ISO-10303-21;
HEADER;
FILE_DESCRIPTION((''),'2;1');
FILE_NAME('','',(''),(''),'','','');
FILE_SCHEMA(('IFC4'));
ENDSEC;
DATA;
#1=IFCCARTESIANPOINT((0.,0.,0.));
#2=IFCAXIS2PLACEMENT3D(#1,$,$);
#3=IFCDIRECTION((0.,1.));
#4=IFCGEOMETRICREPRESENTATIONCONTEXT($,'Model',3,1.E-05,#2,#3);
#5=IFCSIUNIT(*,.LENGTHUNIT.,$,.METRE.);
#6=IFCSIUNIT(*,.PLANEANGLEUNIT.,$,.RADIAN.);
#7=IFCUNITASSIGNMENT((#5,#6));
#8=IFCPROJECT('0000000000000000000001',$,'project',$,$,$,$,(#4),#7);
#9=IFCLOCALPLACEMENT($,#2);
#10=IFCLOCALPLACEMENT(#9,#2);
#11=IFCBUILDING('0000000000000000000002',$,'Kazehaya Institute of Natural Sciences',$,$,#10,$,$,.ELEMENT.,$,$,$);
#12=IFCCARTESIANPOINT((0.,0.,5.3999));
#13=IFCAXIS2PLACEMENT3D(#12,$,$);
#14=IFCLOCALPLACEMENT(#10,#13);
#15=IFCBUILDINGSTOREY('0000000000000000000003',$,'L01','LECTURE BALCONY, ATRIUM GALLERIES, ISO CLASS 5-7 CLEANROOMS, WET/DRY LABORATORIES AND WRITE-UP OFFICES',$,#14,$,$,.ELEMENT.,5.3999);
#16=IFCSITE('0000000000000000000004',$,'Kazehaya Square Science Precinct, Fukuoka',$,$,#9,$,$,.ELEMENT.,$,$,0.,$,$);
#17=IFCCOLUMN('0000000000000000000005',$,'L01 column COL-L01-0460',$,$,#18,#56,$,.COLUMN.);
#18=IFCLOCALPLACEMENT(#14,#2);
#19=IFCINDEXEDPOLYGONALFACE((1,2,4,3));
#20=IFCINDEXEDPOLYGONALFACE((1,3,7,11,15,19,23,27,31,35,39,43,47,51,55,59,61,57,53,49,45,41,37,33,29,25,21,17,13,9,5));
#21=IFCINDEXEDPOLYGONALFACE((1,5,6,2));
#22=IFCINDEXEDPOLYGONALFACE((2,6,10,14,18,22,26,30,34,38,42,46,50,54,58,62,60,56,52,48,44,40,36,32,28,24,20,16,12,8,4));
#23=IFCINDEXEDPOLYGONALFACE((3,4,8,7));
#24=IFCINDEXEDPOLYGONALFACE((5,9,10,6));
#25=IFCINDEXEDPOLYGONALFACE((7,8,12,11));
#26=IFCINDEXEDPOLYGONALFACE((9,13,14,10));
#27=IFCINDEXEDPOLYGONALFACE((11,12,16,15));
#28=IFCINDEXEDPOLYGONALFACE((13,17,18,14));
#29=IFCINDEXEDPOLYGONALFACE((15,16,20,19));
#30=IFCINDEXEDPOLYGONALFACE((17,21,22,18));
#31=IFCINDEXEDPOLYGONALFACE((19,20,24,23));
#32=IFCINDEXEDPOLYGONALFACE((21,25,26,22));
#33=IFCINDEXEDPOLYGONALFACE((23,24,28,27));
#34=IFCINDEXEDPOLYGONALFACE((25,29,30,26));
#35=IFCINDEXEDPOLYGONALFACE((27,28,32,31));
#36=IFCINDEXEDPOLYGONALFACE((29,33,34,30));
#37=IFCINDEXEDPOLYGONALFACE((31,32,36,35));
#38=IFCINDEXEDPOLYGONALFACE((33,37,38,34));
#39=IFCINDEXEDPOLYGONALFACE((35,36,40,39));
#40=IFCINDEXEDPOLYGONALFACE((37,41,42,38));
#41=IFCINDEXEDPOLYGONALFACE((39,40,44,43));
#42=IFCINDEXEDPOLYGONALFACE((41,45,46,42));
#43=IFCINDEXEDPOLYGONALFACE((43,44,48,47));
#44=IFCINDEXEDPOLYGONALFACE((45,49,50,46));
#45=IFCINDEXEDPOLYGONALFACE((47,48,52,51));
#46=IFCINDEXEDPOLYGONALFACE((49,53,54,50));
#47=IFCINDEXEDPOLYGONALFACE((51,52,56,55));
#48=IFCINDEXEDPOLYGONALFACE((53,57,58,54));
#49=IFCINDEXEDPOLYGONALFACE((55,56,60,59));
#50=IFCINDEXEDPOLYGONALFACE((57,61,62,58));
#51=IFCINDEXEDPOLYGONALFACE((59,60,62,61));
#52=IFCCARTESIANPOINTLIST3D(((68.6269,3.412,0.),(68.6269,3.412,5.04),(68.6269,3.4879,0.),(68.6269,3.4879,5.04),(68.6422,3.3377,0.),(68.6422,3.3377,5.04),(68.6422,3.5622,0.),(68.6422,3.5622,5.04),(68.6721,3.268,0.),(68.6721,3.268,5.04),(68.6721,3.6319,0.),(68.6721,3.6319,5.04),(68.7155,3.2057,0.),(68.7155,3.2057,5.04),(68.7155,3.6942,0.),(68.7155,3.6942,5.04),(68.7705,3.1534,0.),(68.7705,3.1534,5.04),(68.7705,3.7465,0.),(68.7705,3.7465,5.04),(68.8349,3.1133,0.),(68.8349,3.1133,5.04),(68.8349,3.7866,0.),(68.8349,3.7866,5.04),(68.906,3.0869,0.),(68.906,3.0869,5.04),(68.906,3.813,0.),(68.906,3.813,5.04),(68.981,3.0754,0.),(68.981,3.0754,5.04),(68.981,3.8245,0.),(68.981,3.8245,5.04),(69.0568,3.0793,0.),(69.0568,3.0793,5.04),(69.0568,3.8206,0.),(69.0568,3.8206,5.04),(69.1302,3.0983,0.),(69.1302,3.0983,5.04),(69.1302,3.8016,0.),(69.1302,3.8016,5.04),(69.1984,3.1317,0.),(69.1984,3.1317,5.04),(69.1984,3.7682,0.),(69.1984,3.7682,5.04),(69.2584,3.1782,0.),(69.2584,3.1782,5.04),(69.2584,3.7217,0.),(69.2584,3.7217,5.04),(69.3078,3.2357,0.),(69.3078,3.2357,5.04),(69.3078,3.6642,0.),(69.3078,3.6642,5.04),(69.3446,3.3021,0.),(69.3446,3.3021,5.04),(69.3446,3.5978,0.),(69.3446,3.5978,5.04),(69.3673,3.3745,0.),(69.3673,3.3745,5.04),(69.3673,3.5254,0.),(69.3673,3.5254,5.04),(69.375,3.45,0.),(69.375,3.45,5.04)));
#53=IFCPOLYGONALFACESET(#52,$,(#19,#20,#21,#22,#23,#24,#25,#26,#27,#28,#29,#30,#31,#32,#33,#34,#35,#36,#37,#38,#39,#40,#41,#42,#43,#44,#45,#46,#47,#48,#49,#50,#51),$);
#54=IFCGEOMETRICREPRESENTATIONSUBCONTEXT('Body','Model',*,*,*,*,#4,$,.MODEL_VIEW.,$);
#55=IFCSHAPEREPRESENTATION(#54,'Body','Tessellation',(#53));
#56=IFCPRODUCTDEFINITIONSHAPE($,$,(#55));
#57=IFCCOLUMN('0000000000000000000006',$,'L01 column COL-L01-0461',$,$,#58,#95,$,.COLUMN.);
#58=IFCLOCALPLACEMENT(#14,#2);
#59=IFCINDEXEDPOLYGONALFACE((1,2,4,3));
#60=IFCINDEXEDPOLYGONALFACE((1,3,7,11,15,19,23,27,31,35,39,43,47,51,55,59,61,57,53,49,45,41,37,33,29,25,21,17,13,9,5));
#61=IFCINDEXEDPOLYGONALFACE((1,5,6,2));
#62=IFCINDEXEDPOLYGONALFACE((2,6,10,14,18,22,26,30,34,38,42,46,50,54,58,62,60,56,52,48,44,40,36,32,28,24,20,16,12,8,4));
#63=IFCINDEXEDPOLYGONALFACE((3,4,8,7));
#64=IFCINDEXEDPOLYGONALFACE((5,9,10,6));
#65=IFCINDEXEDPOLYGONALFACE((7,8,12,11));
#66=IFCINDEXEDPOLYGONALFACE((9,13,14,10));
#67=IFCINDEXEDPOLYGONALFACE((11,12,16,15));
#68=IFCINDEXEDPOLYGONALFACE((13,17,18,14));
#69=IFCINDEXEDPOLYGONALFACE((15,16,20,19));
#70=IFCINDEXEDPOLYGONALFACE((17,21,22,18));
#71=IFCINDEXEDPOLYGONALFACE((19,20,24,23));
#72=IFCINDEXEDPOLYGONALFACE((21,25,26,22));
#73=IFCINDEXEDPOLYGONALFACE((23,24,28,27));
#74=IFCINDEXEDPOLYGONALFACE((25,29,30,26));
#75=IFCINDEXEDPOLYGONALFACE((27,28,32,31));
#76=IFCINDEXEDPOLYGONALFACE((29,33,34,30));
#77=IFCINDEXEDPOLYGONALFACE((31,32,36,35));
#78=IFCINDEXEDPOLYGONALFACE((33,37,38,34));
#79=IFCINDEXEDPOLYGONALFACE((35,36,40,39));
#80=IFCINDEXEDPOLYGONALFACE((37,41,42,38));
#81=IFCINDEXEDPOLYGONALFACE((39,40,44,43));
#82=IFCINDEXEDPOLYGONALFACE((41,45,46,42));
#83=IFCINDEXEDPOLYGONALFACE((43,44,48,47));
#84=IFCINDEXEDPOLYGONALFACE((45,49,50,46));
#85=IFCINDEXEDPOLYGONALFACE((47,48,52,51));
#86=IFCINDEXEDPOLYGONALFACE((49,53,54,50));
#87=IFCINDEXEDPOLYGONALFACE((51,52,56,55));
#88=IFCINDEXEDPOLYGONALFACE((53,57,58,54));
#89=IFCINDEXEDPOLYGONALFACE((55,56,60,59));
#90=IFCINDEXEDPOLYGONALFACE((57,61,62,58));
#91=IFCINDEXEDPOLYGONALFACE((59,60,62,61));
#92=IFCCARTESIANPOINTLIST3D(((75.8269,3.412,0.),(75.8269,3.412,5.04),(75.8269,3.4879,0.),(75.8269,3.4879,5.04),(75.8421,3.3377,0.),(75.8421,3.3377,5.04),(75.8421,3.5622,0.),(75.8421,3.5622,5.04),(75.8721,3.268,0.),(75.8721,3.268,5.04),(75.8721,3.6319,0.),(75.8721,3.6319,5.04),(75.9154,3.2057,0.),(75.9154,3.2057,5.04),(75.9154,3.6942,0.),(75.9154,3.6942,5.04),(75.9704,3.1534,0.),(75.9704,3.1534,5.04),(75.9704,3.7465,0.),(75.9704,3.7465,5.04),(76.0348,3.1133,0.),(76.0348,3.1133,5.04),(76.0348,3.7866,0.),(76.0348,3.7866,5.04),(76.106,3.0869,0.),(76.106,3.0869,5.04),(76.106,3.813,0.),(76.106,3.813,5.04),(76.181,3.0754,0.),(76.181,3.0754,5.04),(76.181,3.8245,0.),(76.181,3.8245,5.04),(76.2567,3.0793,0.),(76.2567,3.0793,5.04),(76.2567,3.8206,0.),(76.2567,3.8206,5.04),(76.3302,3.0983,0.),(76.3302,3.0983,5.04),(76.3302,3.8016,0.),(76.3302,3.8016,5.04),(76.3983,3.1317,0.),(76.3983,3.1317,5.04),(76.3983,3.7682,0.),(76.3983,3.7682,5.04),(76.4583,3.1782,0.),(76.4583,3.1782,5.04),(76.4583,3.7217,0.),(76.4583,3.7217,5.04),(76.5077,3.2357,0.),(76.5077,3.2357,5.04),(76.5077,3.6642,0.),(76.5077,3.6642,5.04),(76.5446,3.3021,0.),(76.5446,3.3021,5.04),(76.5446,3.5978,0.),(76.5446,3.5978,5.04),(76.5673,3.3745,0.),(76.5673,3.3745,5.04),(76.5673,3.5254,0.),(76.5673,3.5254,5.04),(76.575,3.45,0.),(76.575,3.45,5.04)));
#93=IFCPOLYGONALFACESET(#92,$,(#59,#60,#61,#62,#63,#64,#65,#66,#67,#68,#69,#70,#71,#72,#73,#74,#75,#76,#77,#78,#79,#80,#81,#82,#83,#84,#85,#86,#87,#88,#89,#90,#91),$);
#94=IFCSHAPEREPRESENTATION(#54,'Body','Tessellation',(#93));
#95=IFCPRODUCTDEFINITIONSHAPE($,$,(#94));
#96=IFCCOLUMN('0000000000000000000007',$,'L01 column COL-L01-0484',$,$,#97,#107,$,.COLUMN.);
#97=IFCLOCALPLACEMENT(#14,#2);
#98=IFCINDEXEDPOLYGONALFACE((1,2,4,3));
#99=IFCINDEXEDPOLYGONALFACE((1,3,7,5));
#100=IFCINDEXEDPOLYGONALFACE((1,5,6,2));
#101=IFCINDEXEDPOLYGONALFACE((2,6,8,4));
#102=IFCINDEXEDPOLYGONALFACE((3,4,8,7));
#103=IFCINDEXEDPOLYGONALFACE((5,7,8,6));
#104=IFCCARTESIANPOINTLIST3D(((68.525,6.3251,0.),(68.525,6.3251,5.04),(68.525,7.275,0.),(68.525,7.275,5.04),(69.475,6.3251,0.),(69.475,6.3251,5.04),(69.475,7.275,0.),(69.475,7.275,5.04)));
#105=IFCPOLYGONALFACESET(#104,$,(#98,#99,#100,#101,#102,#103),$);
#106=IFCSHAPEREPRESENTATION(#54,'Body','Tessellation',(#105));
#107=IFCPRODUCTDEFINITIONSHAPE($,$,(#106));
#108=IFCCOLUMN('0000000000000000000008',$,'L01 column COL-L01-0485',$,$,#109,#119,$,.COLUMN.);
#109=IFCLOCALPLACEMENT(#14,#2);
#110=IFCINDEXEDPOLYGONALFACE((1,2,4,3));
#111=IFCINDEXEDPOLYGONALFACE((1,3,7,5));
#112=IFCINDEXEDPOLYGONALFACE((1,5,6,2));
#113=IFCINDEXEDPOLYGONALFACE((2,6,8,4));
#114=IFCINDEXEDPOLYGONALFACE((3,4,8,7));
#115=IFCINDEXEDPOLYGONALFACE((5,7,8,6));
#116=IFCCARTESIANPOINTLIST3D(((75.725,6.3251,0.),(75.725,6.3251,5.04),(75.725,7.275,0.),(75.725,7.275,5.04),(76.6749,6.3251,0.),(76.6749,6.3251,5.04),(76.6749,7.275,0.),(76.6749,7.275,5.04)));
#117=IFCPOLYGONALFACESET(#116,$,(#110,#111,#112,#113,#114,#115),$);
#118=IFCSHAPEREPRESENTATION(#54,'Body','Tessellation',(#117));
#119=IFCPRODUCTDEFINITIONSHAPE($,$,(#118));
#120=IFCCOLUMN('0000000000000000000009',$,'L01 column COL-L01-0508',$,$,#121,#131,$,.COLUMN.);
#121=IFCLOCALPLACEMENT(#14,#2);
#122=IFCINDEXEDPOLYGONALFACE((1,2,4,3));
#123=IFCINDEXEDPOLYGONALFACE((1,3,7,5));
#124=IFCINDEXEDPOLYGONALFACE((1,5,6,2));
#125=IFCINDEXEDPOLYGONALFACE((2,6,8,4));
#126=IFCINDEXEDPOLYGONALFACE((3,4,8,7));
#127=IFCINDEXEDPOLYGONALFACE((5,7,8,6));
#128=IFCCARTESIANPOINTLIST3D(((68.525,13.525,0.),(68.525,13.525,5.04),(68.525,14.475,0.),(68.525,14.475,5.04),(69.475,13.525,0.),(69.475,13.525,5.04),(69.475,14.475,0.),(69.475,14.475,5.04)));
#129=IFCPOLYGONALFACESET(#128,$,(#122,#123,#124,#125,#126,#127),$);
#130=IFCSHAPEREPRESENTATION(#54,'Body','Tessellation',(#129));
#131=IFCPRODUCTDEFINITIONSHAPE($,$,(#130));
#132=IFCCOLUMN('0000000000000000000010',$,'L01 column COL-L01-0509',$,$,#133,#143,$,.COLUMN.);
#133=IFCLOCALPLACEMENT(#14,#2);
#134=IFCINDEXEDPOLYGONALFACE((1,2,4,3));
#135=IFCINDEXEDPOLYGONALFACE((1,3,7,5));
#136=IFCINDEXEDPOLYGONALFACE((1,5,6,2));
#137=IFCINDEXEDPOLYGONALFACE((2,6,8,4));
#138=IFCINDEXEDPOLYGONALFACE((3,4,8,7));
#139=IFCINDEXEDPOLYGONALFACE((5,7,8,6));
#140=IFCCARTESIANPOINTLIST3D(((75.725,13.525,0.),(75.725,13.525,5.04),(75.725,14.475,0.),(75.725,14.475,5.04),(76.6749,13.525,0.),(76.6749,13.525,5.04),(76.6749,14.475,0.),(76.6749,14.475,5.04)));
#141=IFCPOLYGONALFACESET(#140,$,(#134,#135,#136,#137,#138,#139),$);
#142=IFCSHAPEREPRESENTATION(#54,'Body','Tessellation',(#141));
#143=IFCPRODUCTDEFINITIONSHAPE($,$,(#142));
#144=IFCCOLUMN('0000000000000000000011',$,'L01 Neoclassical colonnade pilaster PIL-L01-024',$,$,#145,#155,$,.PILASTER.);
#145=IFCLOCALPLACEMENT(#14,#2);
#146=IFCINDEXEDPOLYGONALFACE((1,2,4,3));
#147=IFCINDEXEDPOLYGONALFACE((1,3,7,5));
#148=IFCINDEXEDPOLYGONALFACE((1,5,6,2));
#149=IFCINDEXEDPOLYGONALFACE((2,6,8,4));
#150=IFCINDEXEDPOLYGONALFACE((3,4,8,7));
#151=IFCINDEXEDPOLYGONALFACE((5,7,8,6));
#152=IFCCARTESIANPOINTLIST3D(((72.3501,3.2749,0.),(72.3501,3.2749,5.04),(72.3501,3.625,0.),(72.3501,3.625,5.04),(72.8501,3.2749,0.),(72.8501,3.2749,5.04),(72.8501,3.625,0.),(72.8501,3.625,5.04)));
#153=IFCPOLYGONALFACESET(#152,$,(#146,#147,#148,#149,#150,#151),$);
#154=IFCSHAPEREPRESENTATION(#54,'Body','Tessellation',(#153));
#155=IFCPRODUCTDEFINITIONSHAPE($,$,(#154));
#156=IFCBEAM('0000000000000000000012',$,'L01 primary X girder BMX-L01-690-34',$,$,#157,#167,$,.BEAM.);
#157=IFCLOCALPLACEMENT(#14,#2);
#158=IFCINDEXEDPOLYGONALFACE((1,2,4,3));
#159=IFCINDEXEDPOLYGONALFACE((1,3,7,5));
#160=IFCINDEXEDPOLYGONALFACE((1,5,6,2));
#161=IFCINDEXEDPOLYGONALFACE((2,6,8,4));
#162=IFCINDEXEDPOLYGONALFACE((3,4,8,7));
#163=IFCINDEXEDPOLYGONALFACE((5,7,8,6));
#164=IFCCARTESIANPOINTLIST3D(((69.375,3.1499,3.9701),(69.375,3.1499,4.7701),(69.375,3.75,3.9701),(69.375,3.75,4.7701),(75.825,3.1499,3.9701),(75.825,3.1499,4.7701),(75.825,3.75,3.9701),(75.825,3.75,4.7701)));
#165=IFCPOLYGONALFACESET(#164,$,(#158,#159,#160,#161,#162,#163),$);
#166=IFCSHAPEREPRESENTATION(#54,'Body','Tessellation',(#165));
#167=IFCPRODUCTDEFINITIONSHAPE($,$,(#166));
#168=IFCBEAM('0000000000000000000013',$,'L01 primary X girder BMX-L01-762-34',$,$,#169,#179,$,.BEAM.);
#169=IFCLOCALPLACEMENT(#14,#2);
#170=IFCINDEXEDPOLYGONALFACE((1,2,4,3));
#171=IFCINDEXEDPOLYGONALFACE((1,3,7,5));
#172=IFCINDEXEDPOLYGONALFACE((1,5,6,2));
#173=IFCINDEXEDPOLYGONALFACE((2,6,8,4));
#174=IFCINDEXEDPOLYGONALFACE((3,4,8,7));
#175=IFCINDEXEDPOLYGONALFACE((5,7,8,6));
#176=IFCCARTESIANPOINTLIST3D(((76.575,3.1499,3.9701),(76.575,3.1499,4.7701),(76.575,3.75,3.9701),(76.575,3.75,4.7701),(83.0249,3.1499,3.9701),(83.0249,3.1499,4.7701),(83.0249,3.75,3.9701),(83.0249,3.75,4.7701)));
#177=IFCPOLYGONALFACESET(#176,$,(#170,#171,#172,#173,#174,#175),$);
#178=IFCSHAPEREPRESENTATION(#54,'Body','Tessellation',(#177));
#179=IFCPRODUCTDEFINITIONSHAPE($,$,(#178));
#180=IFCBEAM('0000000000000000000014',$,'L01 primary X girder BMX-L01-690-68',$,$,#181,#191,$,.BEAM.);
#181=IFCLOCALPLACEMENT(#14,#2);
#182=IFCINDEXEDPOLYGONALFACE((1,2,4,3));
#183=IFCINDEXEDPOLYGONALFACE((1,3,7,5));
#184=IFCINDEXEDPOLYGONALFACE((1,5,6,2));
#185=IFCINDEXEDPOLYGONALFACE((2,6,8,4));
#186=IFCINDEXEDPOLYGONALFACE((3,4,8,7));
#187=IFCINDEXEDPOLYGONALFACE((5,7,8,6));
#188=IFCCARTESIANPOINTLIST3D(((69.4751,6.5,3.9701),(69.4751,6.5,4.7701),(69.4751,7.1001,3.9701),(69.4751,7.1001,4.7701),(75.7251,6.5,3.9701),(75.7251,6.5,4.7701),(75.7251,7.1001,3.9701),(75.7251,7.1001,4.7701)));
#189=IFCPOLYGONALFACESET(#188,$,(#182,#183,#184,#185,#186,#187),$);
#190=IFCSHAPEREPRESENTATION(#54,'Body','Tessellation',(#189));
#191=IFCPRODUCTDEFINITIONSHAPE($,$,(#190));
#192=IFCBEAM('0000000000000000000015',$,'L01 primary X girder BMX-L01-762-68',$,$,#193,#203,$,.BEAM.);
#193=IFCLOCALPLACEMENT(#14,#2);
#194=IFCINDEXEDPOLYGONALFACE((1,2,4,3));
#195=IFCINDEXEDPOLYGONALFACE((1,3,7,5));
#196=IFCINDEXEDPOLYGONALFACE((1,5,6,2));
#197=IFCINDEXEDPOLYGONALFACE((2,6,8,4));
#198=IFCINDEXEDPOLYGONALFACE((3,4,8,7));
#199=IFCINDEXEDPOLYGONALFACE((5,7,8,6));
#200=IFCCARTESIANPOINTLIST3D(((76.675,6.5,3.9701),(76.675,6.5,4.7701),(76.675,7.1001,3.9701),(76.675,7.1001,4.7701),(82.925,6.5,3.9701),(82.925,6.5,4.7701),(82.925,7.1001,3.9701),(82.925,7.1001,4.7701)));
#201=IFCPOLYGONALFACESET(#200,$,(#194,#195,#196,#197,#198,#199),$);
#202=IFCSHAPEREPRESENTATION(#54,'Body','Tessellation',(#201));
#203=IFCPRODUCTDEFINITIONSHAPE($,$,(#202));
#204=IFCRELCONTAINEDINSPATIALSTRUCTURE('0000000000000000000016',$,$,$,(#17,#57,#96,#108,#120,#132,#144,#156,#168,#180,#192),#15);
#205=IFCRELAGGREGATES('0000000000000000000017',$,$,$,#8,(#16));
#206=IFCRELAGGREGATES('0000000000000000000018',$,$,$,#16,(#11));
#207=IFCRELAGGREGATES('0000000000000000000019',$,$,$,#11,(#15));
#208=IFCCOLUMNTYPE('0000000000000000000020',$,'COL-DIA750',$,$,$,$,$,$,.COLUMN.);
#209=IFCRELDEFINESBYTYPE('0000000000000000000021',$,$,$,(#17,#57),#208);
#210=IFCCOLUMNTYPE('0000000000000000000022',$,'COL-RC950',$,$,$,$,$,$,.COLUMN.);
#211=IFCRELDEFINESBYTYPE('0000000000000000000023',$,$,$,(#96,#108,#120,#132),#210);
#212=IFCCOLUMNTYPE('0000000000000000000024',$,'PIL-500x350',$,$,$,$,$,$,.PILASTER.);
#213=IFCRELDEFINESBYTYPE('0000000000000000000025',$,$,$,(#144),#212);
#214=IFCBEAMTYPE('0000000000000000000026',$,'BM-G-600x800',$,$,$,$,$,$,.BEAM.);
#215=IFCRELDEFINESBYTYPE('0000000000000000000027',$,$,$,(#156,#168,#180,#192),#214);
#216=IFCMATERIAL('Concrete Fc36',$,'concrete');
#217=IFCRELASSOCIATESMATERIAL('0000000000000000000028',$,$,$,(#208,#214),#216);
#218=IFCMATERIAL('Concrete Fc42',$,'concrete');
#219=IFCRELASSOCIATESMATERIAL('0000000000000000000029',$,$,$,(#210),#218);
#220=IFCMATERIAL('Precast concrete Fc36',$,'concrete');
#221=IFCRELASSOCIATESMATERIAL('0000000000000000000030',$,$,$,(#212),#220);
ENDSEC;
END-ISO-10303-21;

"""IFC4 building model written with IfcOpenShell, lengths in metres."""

from ifc_helpers import new_model, si_unit, direction, frame, origin, origin_2d, place, context, subcontext, project, spatial, rectangle, circle, extrude, material, material_profile, profile_set, type_object, element, save


model = new_model("IFC4")

# Units and contexts
model_context = context("Model", 3, precision=1e-05, world=origin(), true_north=direction((0.0, 1.0)))
body_context = subcontext(model_context, "Body", "Model", "MODEL_VIEW")
ifc_project = project(units=[si_unit("LENGTHUNIT", "METRE"), si_unit("PLANEANGLEUNIT", "RADIAN")], contexts=[model_context])

# Site, building, storey
site_placement = place(None, origin())
site = spatial("IfcSite", under=ifc_project, at=site_placement, Name="Kazehaya Square Science Precinct, Fukuoka", CompositionType="ELEMENT", RefElevation=0.0)
building_placement = place(site_placement, origin())
building = spatial("IfcBuilding", under=site, at=building_placement, Name="Kazehaya Institute of Natural Sciences", CompositionType="ELEMENT")
storey_placement = place(building_placement, frame((0.0, 0.0, 5.3999)))
storey = spatial("IfcBuildingStorey", under=building, at=storey_placement, Name="L01", Description="LECTURE BALCONY, ATRIUM GALLERIES, ISO CLASS 5-7 CLEANROOMS, WET/DRY LABORATORIES AND WRITE-UP OFFICES", CompositionType="ELEMENT", Elevation=5.3999)

# Columns
ifc_material_1 = material(Name="Concrete Fc36", Category="concrete")
ifc_material_profile_1 = material_profile(ifc_material_1, circle(Radius=0.375, at=origin_2d()), Name="RC-DIA750")
ifc_profile_set_1 = profile_set([ifc_material_profile_1], Name="Concrete Fc36")
column_type_1 = type_object("IfcColumnType", Name="COL-DIA750", PredefinedType="COLUMN", material=ifc_profile_set_1)
for number, where, z_axis, x_axis, name in (
    (1, (69.0, 3.45, 0.0), (0.0, 0.0, 1.0), (1.0, 0.0, 0.0), "L01 column COL-L01-0460"),
    (2, (76.2, 3.45, 0.0), (0.0, 0.0, 1.0), (1.0, 0.0, 0.0), "L01 column COL-L01-0461"),
):
    element("IfcColumn", number, at=place(storey_placement, frame(where, z_axis=z_axis, x_axis=x_axis)), inside=storey, type_object=column_type_1, Name=name, PredefinedType="COLUMN", context=body_context, shape_type="SweptSolid", body=[
        extrude(circle(Radius=0.375, at=origin_2d()), origin(), (0.0, 0.0, 1.0), 5.04),
    ])
ifc_material_2 = material(Name="Concrete Fc42", Category="concrete")
ifc_material_profile_2 = material_profile(ifc_material_2, rectangle(XDim=0.95, YDim=0.95, at=origin_2d()), Name="RC-950x950")
ifc_profile_set_2 = profile_set([ifc_material_profile_2], Name="Concrete Fc42")
column_type_2 = type_object("IfcColumnType", Name="COL-RC950", PredefinedType="COLUMN", material=ifc_profile_set_2)
for number, where, z_axis, x_axis, name in (
    (3, (69.0, 6.8, 0.0), (0.0, 0.0, 1.0), (1.0, 0.0, 0.0), "L01 column COL-L01-0484"),
    (4, (76.2, 6.8, 0.0), (0.0, 0.0, 1.0), (1.0, 0.0, 0.0), "L01 column COL-L01-0485"),
    (5, (69.0, 14.0, 0.0), (0.0, 0.0, 1.0), (1.0, 0.0, 0.0), "L01 column COL-L01-0508"),
    (6, (76.2, 14.0, 0.0), (0.0, 0.0, 1.0), (1.0, 0.0, 0.0), "L01 column COL-L01-0509"),
):
    element("IfcColumn", number, at=place(storey_placement, frame(where, z_axis=z_axis, x_axis=x_axis)), inside=storey, type_object=column_type_2, Name=name, PredefinedType="COLUMN", context=body_context, shape_type="SweptSolid", body=[
        extrude(rectangle(XDim=0.95, YDim=0.95, at=origin_2d()), origin(), (0.0, 0.0, 1.0), 5.04),
    ])
ifc_material_3 = material(Name="Precast concrete Fc36", Category="concrete")
ifc_material_profile_3 = material_profile(ifc_material_3, rectangle(XDim=0.5, YDim=0.3501, at=origin_2d()), Name="RC-PIL-500x350")
ifc_profile_set_3 = profile_set([ifc_material_profile_3], Name="Precast concrete Fc36")
column_type_3 = type_object("IfcColumnType", Name="PIL-500x350", PredefinedType="PILASTER", material=ifc_profile_set_3)
column_placement = place(storey_placement, frame((72.6001, 3.45, 0.0), z_axis=(0.0, 0.0, 1.0), x_axis=(1.0, 0.0, 0.0)))
element("IfcColumn", 7, at=column_placement, inside=storey, type_object=column_type_3, Name="L01 Neoclassical colonnade pilaster PIL-L01-024", PredefinedType="PILASTER", context=body_context, shape_type="SweptSolid", body=[
    extrude(rectangle(XDim=0.5, YDim=0.3501, at=origin_2d()), origin(), (0.0, 0.0, 1.0), 5.04),
])

# Beams
ifc_material_profile_4 = material_profile(ifc_material_1, rectangle(XDim=0.6001, YDim=0.8, at=origin_2d()), Name="RC-600x800")
ifc_profile_set_4 = profile_set([ifc_material_profile_4], Name="Concrete Fc36")
beam_type = type_object("IfcBeamType", Name="BM-G-600x800", PredefinedType="BEAM", material=ifc_profile_set_4)
for number, where, z_axis, x_axis, name in (
    (8, (69.375, 3.45, 4.3701), (1.0, 0.0, 0.0), (0.0, 1.0, 0.0), "L01 primary X girder BMX-L01-690-34"),
    (9, (76.575, 3.45, 4.3701), (1.0, 0.0, 0.0), (0.0, 1.0, 0.0), "L01 primary X girder BMX-L01-762-34"),
):
    element("IfcBeam", number, at=place(storey_placement, frame(where, z_axis=z_axis, x_axis=x_axis)), inside=storey, type_object=beam_type, Name=name, PredefinedType="BEAM", context=body_context, shape_type="SweptSolid", body=[
        extrude(rectangle(XDim=0.6001, YDim=0.8, at=origin_2d()), origin(), (0.0, 0.0, 1.0), 6.45),
    ])
for number, where, z_axis, x_axis, name in (
    (10, (69.4751, 6.8, 4.3701), (1.0, 0.0, 0.0), (0.0, 1.0, 0.0), "L01 primary X girder BMX-L01-690-68"),
    (11, (76.675, 6.8, 4.3701), (1.0, 0.0, 0.0), (0.0, 1.0, 0.0), "L01 primary X girder BMX-L01-762-68"),
):
    element("IfcBeam", number, at=place(storey_placement, frame(where, z_axis=z_axis, x_axis=x_axis)), inside=storey, type_object=beam_type, Name=name, PredefinedType="BEAM", context=body_context, shape_type="SweptSolid", body=[
        extrude(rectangle(XDim=0.6001, YDim=0.8, at=origin_2d()), origin(), (0.0, 0.0, 1.0), 6.25),
    ])

save(model, "model.ifc")
